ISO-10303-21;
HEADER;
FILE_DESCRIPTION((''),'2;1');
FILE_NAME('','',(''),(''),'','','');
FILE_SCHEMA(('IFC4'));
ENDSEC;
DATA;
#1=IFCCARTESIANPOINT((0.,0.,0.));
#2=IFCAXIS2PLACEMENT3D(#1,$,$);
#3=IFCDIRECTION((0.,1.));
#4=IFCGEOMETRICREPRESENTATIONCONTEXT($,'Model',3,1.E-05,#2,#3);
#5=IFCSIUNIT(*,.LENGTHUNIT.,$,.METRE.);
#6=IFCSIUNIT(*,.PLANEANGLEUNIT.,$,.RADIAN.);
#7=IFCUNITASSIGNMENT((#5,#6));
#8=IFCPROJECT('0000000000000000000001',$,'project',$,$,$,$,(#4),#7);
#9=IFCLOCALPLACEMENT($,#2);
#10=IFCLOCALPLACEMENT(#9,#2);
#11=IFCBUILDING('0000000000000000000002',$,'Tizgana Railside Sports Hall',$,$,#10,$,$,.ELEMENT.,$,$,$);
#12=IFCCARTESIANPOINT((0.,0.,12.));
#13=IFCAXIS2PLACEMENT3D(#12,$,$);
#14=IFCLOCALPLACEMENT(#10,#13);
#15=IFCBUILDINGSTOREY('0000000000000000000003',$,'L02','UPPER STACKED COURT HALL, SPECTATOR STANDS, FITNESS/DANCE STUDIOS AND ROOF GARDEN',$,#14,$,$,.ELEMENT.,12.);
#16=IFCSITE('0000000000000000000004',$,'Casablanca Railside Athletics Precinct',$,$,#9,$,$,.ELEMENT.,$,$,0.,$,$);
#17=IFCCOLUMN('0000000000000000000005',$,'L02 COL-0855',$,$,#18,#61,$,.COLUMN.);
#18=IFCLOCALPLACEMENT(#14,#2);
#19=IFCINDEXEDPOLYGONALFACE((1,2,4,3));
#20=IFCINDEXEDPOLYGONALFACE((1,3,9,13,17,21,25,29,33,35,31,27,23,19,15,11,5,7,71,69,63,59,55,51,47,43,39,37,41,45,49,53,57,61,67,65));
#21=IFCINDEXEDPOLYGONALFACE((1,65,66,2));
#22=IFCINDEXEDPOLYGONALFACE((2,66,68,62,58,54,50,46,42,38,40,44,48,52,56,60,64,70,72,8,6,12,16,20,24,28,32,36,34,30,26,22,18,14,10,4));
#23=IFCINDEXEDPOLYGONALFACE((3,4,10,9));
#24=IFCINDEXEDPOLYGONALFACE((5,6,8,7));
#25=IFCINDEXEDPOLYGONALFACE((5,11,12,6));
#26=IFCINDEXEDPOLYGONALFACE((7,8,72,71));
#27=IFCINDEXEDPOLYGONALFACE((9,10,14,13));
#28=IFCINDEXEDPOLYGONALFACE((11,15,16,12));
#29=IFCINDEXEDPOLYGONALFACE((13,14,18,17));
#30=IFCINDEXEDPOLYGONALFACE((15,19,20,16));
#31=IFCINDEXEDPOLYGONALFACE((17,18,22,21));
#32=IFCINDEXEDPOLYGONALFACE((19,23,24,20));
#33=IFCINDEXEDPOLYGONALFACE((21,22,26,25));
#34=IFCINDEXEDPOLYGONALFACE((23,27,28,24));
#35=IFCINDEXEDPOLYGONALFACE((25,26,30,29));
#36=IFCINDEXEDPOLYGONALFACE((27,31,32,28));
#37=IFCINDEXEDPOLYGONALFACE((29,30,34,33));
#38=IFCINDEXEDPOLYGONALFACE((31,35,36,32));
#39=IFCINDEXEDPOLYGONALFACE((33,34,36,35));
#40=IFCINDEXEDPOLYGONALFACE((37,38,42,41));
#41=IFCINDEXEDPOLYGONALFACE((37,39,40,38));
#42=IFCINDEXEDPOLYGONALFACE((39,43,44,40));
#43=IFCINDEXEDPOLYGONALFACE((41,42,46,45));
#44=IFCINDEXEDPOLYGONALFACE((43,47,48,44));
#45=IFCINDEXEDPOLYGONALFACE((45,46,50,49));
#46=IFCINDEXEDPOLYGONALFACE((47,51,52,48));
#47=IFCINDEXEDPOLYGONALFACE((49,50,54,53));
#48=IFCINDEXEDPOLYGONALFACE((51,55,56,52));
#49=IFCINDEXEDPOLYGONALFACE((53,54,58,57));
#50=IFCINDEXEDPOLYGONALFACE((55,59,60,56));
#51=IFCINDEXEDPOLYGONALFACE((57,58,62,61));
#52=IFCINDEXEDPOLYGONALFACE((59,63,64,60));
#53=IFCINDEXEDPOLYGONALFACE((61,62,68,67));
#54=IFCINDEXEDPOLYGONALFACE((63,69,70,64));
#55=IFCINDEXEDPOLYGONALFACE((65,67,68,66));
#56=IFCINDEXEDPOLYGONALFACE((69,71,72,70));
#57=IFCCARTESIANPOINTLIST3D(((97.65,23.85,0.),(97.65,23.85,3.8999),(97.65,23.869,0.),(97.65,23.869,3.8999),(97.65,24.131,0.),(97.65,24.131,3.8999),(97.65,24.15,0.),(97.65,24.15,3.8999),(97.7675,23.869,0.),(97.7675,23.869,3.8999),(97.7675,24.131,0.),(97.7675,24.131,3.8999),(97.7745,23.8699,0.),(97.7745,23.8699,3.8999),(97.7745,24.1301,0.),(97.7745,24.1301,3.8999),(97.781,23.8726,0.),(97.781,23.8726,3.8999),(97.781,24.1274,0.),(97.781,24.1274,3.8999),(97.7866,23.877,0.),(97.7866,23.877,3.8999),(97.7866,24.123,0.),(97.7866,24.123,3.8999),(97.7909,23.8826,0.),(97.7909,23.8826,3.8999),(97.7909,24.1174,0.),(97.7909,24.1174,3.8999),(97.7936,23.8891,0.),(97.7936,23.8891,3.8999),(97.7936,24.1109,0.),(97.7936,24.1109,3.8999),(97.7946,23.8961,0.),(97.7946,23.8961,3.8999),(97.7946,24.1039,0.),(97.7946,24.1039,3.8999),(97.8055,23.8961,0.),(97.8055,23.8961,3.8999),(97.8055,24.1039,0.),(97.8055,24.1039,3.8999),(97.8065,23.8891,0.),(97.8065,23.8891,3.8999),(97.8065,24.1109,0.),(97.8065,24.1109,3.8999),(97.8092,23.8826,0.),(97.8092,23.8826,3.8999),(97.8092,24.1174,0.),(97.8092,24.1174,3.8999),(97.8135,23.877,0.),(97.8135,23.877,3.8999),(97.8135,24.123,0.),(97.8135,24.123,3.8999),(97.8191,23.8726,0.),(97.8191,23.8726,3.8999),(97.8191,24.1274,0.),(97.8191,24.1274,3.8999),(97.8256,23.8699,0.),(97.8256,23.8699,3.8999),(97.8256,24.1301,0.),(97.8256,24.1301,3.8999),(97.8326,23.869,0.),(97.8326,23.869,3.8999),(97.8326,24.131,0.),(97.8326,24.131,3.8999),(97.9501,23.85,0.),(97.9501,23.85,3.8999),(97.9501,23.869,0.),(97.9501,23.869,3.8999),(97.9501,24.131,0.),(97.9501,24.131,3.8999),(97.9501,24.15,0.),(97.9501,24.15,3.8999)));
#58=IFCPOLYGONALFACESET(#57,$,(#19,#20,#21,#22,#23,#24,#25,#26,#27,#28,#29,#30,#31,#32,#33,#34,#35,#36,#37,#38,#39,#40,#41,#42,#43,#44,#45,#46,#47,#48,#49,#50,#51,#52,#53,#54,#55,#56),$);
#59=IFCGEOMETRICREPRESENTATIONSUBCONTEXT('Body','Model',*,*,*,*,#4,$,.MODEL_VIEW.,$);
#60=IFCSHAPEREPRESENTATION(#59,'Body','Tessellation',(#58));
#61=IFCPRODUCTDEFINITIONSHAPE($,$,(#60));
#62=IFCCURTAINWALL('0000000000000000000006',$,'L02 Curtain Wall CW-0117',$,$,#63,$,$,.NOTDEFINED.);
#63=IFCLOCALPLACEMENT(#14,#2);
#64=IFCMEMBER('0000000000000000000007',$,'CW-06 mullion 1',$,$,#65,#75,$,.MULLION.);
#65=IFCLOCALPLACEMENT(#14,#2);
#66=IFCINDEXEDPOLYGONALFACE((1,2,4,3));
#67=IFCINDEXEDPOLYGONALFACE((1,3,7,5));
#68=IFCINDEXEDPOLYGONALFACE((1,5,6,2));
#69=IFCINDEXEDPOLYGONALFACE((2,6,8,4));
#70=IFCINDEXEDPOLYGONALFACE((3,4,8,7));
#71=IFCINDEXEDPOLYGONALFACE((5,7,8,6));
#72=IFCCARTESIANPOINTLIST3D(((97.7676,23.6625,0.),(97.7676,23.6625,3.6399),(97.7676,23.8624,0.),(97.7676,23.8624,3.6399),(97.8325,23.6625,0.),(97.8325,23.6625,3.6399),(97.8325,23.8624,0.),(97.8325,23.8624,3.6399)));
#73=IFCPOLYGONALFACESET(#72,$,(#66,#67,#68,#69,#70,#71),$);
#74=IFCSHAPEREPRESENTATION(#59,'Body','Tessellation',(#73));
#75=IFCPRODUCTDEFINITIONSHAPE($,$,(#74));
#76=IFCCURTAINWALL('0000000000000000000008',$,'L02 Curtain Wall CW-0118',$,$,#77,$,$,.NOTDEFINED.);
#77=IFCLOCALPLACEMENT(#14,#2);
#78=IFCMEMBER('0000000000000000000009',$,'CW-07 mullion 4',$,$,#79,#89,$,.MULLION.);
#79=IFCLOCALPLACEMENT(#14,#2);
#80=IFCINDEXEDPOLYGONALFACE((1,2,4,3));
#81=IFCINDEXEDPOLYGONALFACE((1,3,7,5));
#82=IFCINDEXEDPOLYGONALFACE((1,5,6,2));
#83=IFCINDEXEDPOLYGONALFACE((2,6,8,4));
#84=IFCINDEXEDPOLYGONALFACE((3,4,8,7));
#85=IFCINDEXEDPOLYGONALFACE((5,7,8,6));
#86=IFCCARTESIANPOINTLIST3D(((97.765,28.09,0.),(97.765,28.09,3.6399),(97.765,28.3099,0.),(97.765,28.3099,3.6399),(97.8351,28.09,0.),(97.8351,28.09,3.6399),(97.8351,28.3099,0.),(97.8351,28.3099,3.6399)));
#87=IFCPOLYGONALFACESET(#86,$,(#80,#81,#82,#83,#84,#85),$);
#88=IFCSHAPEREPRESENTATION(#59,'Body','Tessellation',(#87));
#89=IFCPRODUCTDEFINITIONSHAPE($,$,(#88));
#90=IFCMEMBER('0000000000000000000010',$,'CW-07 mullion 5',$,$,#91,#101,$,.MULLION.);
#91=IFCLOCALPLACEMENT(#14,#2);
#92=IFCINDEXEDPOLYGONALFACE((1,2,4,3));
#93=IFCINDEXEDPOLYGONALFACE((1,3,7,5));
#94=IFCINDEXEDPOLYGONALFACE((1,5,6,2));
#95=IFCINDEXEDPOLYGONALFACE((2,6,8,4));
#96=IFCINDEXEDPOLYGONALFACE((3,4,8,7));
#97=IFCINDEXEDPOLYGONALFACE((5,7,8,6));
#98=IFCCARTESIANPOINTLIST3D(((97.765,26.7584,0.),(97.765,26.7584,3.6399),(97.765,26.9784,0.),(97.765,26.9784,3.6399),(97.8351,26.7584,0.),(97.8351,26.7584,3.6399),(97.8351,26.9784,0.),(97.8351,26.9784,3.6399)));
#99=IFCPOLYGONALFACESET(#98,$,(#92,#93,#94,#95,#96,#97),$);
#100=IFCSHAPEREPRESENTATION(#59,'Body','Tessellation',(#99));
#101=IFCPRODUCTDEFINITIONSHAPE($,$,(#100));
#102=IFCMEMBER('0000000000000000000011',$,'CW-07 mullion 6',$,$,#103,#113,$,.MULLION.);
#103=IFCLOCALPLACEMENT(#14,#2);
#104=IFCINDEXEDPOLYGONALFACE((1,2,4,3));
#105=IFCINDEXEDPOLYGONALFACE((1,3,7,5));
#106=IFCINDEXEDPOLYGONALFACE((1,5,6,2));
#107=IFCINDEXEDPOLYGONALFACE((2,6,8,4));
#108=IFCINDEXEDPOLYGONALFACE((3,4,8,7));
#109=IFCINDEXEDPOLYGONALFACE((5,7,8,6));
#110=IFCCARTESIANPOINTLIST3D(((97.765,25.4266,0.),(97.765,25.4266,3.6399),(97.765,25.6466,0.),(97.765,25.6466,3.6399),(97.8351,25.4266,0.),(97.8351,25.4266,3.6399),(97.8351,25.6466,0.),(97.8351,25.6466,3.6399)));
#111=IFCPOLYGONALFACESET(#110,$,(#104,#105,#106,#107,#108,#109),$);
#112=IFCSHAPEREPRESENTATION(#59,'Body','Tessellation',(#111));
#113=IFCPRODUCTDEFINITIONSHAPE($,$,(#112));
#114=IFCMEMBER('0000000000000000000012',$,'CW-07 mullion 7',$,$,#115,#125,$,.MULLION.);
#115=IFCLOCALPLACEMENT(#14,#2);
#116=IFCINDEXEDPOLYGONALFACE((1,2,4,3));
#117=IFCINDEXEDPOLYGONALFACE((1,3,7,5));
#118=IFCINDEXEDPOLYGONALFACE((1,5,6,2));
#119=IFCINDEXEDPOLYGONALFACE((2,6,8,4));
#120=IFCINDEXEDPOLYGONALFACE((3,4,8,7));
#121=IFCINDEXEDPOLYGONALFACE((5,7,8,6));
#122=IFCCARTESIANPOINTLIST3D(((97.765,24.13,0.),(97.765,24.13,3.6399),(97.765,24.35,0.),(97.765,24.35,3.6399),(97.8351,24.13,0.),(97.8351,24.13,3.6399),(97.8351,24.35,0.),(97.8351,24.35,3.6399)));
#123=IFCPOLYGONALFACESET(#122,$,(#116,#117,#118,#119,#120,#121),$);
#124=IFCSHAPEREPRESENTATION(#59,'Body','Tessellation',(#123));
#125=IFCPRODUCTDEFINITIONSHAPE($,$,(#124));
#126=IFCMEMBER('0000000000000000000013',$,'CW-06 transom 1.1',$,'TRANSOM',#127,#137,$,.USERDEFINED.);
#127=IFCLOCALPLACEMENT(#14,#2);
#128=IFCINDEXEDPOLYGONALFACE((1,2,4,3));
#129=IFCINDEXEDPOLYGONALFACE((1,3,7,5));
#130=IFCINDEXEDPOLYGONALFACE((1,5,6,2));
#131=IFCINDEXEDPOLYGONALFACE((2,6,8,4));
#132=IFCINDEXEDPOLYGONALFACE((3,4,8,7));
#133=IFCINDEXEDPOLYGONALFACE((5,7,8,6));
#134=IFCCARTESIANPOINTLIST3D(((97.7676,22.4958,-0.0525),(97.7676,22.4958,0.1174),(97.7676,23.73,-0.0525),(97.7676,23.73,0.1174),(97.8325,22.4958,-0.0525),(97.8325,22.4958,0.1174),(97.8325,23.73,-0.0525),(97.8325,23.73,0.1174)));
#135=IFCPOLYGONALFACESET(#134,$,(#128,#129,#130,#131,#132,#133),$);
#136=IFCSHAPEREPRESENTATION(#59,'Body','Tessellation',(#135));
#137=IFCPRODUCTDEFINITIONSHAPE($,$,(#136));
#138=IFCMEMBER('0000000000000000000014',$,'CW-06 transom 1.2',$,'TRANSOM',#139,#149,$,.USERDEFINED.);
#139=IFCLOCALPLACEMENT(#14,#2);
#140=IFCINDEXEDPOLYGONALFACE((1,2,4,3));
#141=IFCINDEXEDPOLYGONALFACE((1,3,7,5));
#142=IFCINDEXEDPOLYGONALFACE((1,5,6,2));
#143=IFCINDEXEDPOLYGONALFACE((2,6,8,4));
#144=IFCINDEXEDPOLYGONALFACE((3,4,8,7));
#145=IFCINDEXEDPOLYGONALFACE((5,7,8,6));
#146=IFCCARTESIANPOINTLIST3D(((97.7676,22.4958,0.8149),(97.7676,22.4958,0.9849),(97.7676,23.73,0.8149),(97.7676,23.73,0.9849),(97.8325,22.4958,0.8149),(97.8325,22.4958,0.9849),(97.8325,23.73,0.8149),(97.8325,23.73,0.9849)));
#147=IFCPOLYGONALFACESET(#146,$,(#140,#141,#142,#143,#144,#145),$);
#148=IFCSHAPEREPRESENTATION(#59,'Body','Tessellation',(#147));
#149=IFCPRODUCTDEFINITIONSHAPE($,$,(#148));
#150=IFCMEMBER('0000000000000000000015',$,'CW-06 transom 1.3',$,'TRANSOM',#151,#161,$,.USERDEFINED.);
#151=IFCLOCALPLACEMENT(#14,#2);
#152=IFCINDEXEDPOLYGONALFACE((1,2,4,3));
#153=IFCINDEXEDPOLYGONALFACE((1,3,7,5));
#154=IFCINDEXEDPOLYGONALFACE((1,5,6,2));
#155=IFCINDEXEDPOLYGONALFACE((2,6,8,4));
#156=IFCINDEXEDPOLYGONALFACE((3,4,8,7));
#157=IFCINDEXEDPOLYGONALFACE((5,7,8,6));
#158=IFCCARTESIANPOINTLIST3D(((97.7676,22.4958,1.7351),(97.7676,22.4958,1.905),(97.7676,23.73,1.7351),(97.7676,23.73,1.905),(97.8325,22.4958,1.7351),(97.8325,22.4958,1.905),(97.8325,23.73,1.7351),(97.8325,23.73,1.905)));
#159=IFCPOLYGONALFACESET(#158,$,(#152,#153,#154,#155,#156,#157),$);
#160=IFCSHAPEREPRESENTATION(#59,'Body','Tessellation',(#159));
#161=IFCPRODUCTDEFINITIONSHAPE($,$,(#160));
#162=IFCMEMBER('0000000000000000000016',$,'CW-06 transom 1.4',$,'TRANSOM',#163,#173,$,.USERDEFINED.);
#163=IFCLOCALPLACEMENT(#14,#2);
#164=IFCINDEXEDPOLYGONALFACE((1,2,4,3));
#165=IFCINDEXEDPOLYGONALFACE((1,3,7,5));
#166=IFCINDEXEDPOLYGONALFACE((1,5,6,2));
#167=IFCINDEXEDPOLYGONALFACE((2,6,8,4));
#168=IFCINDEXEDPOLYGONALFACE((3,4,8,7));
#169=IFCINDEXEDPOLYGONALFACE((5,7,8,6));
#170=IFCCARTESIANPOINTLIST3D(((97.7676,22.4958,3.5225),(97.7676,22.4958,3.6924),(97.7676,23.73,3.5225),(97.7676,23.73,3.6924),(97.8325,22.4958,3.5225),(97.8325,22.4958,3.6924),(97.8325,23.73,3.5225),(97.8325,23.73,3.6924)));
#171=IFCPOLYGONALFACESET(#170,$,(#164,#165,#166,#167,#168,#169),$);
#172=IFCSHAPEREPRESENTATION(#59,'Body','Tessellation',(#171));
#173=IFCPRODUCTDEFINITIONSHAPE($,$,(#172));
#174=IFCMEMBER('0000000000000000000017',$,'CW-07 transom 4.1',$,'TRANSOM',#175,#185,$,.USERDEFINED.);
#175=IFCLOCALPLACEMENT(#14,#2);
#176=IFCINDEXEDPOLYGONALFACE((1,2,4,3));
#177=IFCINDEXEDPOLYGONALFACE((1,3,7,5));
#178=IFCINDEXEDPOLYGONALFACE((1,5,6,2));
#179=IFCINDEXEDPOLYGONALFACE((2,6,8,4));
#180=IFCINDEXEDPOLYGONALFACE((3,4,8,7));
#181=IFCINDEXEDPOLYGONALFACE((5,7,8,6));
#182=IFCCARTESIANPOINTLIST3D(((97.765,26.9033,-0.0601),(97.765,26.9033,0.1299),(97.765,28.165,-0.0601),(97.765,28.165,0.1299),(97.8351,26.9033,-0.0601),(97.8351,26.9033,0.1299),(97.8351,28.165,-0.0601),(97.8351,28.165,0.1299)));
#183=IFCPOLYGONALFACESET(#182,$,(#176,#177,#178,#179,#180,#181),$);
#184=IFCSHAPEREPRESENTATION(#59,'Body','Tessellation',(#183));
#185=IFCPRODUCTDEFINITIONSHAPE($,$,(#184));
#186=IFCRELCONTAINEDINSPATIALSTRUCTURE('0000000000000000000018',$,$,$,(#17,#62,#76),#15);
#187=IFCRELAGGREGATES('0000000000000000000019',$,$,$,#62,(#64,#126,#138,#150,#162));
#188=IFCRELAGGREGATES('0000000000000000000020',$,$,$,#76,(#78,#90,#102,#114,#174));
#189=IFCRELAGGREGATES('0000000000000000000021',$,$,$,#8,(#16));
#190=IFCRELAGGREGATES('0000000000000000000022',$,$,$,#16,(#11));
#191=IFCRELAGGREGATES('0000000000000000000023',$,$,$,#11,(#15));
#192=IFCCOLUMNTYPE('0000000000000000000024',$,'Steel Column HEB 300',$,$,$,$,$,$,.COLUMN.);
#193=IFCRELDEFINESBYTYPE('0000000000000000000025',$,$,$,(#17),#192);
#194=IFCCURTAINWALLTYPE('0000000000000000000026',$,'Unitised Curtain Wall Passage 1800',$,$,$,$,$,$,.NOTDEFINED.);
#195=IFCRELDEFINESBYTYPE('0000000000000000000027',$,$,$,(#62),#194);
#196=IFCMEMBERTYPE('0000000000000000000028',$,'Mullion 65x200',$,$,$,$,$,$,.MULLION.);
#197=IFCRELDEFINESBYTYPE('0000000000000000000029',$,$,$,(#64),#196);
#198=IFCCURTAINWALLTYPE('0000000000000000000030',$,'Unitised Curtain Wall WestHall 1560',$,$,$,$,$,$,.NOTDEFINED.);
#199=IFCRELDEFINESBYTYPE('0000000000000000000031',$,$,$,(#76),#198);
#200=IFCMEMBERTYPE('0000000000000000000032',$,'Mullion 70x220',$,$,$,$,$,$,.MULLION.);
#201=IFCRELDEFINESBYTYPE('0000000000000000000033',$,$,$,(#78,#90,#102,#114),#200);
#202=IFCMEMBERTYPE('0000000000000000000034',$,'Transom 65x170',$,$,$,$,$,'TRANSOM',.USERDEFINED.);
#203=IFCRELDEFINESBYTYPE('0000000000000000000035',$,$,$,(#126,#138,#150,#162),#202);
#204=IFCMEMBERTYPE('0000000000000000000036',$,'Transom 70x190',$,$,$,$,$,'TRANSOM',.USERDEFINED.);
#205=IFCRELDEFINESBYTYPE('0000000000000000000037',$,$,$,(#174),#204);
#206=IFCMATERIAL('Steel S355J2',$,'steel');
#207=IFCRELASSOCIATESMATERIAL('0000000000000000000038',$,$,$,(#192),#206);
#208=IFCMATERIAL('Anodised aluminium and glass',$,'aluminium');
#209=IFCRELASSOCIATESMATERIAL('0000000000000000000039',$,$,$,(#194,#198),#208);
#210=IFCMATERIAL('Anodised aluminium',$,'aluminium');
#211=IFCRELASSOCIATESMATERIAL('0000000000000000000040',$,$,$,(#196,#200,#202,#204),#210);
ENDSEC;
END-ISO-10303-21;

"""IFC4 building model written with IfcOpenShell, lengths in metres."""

from ifc_helpers import new_model, si_unit, direction, frame, origin, origin_2d, place, context, subcontext, project, spatial, rectangle, i_section, extrude, material, material_profile, profile_set, type_object, element, aggregate, save


model = new_model("IFC4")

# Units and contexts
model_context = context("Model", 3, precision=1e-05, world=origin(), true_north=direction((0.0, 1.0)))
body_context = subcontext(model_context, "Body", "Model", "MODEL_VIEW")
ifc_project = project(units=[si_unit("LENGTHUNIT", "METRE"), si_unit("PLANEANGLEUNIT", "RADIAN")], contexts=[model_context])

# Site, building, storey
site_placement = place(None, origin())
site = spatial("IfcSite", under=ifc_project, at=site_placement, Name="Casablanca Railside Athletics Precinct", CompositionType="ELEMENT", RefElevation=0.0)
building_placement = place(site_placement, origin())
building = spatial("IfcBuilding", under=site, at=building_placement, Name="Tizgana Railside Sports Hall", CompositionType="ELEMENT")
storey_placement = place(building_placement, frame((0.0, 0.0, 12.0)))
storey = spatial("IfcBuildingStorey", under=building, at=storey_placement, Name="L02", Description="UPPER STACKED COURT HALL, SPECTATOR STANDS, FITNESS/DANCE STUDIOS AND ROOF GARDEN", CompositionType="ELEMENT", Elevation=12.0)

# Column
ifc_material_1 = material(Name="Steel S355J2", Category="steel")
ifc_material_profile_1 = material_profile(ifc_material_1, i_section(OverallWidth=0.3, OverallDepth=0.3, WebThickness=0.011, FlangeThickness=0.019, FilletRadius=0.0271, at=origin_2d()), Name="HEB 300")
ifc_profile_set_1 = profile_set([ifc_material_profile_1], Name="Steel S355J2")
column_type = type_object("IfcColumnType", Name="Steel Column HEB 300", PredefinedType="COLUMN", material=ifc_profile_set_1)
column_placement = place(storey_placement, frame((97.8, 24.0, 0.0), z_axis=(0.0, 0.0, 1.0), x_axis=(1.0, 0.0, 0.0)))
element("IfcColumn", 1, at=column_placement, inside=storey, type_object=column_type, Name="L02 COL-0855", PredefinedType="COLUMN", context=body_context, shape_type="SweptSolid", body=[
    extrude(i_section(OverallWidth=0.3, OverallDepth=0.3, WebThickness=0.011, FlangeThickness=0.019, FilletRadius=0.0271, at=origin_2d()), origin(), (0.0, 0.0, 1.0), 3.8999),
])

# Curtain wall, member
ifc_material_2 = material(Name="Anodised aluminium and glass", Category="aluminium")
curtain_wall_type_1 = type_object("IfcCurtainWallType", Name="Unitised Curtain Wall Passage 1800", PredefinedType="NOTDEFINED", material=ifc_material_2)
curtain_wall_1_placement = place(storey_placement, origin())
curtain_wall_1 = element("IfcCurtainWall", 2, at=curtain_wall_1_placement, inside=storey, type_object=curtain_wall_type_1, Name="L02 Curtain Wall CW-0117", PredefinedType="NOTDEFINED")
ifc_material_3 = material(Name="Anodised aluminium", Category="aluminium")
ifc_material_profile_2 = material_profile(ifc_material_3, rectangle(XDim=0.0649, YDim=0.2, at=origin_2d()), Name="Mullion 65x200")
ifc_profile_set_2 = profile_set([ifc_material_profile_2], Name="Anodised aluminium")
member_type_1 = type_object("IfcMemberType", Name="Mullion 65x200", PredefinedType="MULLION", material=ifc_profile_set_2)
member_1_placement = place(storey_placement, frame((97.8, 23.7625, 0.0), z_axis=(0.0, 0.0, 1.0), x_axis=(1.0, 0.0, 0.0)))
member_1 = element("IfcMember", 3, at=member_1_placement, type_object=member_type_1, Name="CW-06 mullion 1", PredefinedType="MULLION", context=body_context, shape_type="SweptSolid", body=[
    extrude(rectangle(XDim=0.0649, YDim=0.2, at=origin_2d()), origin(), (0.0, 0.0, 1.0), 3.6399),
])

# Curtain wall, members
curtain_wall_type_2 = type_object("IfcCurtainWallType", Name="Unitised Curtain Wall WestHall 1560", PredefinedType="NOTDEFINED", material=ifc_material_2)
curtain_wall_2_placement = place(storey_placement, origin())
curtain_wall_2 = element("IfcCurtainWall", 4, at=curtain_wall_2_placement, inside=storey, type_object=curtain_wall_type_2, Name="L02 Curtain Wall CW-0118", PredefinedType="NOTDEFINED")
ifc_material_profile_3 = material_profile(ifc_material_3, rectangle(XDim=0.0701, YDim=0.22, at=origin_2d()), Name="Mullion 70x220")
ifc_profile_set_3 = profile_set([ifc_material_profile_3], Name="Anodised aluminium")
member_type_2 = type_object("IfcMemberType", Name="Mullion 70x220", PredefinedType="MULLION", material=ifc_profile_set_3)
member_2_placement = place(storey_placement, frame((97.8, 28.2, 0.0), z_axis=(0.0, 0.0, 1.0), x_axis=(1.0, 0.0, 0.0)))
member_2 = element("IfcMember", 5, at=member_2_placement, type_object=member_type_2, Name="CW-07 mullion 4", PredefinedType="MULLION", context=body_context, shape_type="SweptSolid", body=[
    extrude(rectangle(XDim=0.0701, YDim=0.22, at=origin_2d()), origin(), (0.0, 0.0, 1.0), 3.6399),
])
member_3_placement = place(storey_placement, frame((97.8, 26.8684, 0.0), z_axis=(0.0, 0.0, 1.0), x_axis=(1.0, 0.0, 0.0)))
member_3 = element("IfcMember", 6, at=member_3_placement, type_object=member_type_2, Name="CW-07 mullion 5", PredefinedType="MULLION", context=body_context, shape_type="SweptSolid", body=[
    extrude(rectangle(XDim=0.0701, YDim=0.22, at=origin_2d()), origin(), (0.0, 0.0, 1.0), 3.6399),
])
member_4_placement = place(storey_placement, frame((97.8, 25.5366, 0.0), z_axis=(0.0, 0.0, 1.0), x_axis=(1.0, 0.0, 0.0)))
member_4 = element("IfcMember", 7, at=member_4_placement, type_object=member_type_2, Name="CW-07 mullion 6", PredefinedType="MULLION", context=body_context, shape_type="SweptSolid", body=[
    extrude(rectangle(XDim=0.0701, YDim=0.22, at=origin_2d()), origin(), (0.0, 0.0, 1.0), 3.6399),
])
member_5_placement = place(storey_placement, frame((97.8, 24.24, 0.0), z_axis=(0.0, 0.0, 1.0), x_axis=(1.0, 0.0, 0.0)))
member_5 = element("IfcMember", 8, at=member_5_placement, type_object=member_type_2, Name="CW-07 mullion 7", PredefinedType="MULLION", context=body_context, shape_type="SweptSolid", body=[
    extrude(rectangle(XDim=0.0701, YDim=0.22, at=origin_2d()), origin(), (0.0, 0.0, 1.0), 3.6399),
])

# Members
ifc_material_profile_4 = material_profile(ifc_material_3, rectangle(XDim=0.0649, YDim=0.1699, at=origin_2d()), Name="Transom 65x170")
ifc_profile_set_4 = profile_set([ifc_material_profile_4], Name="Anodised aluminium")
member_type_3 = type_object("IfcMemberType", Name="Transom 65x170", ElementType="TRANSOM", PredefinedType="USERDEFINED", material=ifc_profile_set_4)
member_6_placement = place(storey_placement, frame((97.8, 23.73, 0.0325), z_axis=(0.0, -1.0, 0.0), x_axis=(1.0, 0.0, 0.0)))
member_6 = element("IfcMember", 9, at=member_6_placement, type_object=member_type_3, Name="CW-06 transom 1.1", ObjectType="TRANSOM", PredefinedType="USERDEFINED", context=body_context, shape_type="SweptSolid", body=[
    extrude(rectangle(XDim=0.0649, YDim=0.1699, at=origin_2d()), origin(), (0.0, 0.0, 1.0), 1.2341),
])
member_7_placement = place(storey_placement, frame((97.8, 23.73, 0.8999), z_axis=(0.0, -1.0, 0.0), x_axis=(1.0, 0.0, 0.0)))
member_7 = element("IfcMember", 10, at=member_7_placement, type_object=member_type_3, Name="CW-06 transom 1.2", ObjectType="TRANSOM", PredefinedType="USERDEFINED", context=body_context, shape_type="SweptSolid", body=[
    extrude(rectangle(XDim=0.0649, YDim=0.1699, at=origin_2d()), origin(), (0.0, 0.0, 1.0), 1.2341),
])
member_8_placement = place(storey_placement, frame((97.8, 23.73, 1.8201), z_axis=(0.0, -1.0, 0.0), x_axis=(1.0, 0.0, 0.0)))
member_8 = element("IfcMember", 11, at=member_8_placement, type_object=member_type_3, Name="CW-06 transom 1.3", ObjectType="TRANSOM", PredefinedType="USERDEFINED", context=body_context, shape_type="SweptSolid", body=[
    extrude(rectangle(XDim=0.0649, YDim=0.1699, at=origin_2d()), origin(), (0.0, 0.0, 1.0), 1.2341),
])
member_9_placement = place(storey_placement, frame((97.8, 23.73, 3.6074), z_axis=(0.0, -1.0, 0.0), x_axis=(1.0, 0.0, 0.0)))
member_9 = element("IfcMember", 12, at=member_9_placement, type_object=member_type_3, Name="CW-06 transom 1.4", ObjectType="TRANSOM", PredefinedType="USERDEFINED", context=body_context, shape_type="SweptSolid", body=[
    extrude(rectangle(XDim=0.0649, YDim=0.1699, at=origin_2d()), origin(), (0.0, 0.0, 1.0), 1.2341),
])
ifc_material_profile_5 = material_profile(ifc_material_3, rectangle(XDim=0.0701, YDim=0.1899, at=origin_2d()), Name="Transom 70x190")
ifc_profile_set_5 = profile_set([ifc_material_profile_5], Name="Anodised aluminium")
member_type_4 = type_object("IfcMemberType", Name="Transom 70x190", ElementType="TRANSOM", PredefinedType="USERDEFINED", material=ifc_profile_set_5)
member_10_placement = place(storey_placement, frame((97.8, 28.165, 0.0349), z_axis=(0.0, -1.0, 0.0), x_axis=(1.0, 0.0, 0.0)))
member_10 = element("IfcMember", 13, at=member_10_placement, type_object=member_type_4, Name="CW-07 transom 4.1", ObjectType="TRANSOM", PredefinedType="USERDEFINED", context=body_context, shape_type="SweptSolid", body=[
    extrude(rectangle(XDim=0.0701, YDim=0.1899, at=origin_2d()), origin(), (0.0, 0.0, 1.0), 1.2617),
])

aggregate(curtain_wall_1, [member_1, member_6, member_7, member_8, member_9])
aggregate(curtain_wall_2, [member_2, member_3, member_4, member_5, member_10])

save(model, "model.ifc")
